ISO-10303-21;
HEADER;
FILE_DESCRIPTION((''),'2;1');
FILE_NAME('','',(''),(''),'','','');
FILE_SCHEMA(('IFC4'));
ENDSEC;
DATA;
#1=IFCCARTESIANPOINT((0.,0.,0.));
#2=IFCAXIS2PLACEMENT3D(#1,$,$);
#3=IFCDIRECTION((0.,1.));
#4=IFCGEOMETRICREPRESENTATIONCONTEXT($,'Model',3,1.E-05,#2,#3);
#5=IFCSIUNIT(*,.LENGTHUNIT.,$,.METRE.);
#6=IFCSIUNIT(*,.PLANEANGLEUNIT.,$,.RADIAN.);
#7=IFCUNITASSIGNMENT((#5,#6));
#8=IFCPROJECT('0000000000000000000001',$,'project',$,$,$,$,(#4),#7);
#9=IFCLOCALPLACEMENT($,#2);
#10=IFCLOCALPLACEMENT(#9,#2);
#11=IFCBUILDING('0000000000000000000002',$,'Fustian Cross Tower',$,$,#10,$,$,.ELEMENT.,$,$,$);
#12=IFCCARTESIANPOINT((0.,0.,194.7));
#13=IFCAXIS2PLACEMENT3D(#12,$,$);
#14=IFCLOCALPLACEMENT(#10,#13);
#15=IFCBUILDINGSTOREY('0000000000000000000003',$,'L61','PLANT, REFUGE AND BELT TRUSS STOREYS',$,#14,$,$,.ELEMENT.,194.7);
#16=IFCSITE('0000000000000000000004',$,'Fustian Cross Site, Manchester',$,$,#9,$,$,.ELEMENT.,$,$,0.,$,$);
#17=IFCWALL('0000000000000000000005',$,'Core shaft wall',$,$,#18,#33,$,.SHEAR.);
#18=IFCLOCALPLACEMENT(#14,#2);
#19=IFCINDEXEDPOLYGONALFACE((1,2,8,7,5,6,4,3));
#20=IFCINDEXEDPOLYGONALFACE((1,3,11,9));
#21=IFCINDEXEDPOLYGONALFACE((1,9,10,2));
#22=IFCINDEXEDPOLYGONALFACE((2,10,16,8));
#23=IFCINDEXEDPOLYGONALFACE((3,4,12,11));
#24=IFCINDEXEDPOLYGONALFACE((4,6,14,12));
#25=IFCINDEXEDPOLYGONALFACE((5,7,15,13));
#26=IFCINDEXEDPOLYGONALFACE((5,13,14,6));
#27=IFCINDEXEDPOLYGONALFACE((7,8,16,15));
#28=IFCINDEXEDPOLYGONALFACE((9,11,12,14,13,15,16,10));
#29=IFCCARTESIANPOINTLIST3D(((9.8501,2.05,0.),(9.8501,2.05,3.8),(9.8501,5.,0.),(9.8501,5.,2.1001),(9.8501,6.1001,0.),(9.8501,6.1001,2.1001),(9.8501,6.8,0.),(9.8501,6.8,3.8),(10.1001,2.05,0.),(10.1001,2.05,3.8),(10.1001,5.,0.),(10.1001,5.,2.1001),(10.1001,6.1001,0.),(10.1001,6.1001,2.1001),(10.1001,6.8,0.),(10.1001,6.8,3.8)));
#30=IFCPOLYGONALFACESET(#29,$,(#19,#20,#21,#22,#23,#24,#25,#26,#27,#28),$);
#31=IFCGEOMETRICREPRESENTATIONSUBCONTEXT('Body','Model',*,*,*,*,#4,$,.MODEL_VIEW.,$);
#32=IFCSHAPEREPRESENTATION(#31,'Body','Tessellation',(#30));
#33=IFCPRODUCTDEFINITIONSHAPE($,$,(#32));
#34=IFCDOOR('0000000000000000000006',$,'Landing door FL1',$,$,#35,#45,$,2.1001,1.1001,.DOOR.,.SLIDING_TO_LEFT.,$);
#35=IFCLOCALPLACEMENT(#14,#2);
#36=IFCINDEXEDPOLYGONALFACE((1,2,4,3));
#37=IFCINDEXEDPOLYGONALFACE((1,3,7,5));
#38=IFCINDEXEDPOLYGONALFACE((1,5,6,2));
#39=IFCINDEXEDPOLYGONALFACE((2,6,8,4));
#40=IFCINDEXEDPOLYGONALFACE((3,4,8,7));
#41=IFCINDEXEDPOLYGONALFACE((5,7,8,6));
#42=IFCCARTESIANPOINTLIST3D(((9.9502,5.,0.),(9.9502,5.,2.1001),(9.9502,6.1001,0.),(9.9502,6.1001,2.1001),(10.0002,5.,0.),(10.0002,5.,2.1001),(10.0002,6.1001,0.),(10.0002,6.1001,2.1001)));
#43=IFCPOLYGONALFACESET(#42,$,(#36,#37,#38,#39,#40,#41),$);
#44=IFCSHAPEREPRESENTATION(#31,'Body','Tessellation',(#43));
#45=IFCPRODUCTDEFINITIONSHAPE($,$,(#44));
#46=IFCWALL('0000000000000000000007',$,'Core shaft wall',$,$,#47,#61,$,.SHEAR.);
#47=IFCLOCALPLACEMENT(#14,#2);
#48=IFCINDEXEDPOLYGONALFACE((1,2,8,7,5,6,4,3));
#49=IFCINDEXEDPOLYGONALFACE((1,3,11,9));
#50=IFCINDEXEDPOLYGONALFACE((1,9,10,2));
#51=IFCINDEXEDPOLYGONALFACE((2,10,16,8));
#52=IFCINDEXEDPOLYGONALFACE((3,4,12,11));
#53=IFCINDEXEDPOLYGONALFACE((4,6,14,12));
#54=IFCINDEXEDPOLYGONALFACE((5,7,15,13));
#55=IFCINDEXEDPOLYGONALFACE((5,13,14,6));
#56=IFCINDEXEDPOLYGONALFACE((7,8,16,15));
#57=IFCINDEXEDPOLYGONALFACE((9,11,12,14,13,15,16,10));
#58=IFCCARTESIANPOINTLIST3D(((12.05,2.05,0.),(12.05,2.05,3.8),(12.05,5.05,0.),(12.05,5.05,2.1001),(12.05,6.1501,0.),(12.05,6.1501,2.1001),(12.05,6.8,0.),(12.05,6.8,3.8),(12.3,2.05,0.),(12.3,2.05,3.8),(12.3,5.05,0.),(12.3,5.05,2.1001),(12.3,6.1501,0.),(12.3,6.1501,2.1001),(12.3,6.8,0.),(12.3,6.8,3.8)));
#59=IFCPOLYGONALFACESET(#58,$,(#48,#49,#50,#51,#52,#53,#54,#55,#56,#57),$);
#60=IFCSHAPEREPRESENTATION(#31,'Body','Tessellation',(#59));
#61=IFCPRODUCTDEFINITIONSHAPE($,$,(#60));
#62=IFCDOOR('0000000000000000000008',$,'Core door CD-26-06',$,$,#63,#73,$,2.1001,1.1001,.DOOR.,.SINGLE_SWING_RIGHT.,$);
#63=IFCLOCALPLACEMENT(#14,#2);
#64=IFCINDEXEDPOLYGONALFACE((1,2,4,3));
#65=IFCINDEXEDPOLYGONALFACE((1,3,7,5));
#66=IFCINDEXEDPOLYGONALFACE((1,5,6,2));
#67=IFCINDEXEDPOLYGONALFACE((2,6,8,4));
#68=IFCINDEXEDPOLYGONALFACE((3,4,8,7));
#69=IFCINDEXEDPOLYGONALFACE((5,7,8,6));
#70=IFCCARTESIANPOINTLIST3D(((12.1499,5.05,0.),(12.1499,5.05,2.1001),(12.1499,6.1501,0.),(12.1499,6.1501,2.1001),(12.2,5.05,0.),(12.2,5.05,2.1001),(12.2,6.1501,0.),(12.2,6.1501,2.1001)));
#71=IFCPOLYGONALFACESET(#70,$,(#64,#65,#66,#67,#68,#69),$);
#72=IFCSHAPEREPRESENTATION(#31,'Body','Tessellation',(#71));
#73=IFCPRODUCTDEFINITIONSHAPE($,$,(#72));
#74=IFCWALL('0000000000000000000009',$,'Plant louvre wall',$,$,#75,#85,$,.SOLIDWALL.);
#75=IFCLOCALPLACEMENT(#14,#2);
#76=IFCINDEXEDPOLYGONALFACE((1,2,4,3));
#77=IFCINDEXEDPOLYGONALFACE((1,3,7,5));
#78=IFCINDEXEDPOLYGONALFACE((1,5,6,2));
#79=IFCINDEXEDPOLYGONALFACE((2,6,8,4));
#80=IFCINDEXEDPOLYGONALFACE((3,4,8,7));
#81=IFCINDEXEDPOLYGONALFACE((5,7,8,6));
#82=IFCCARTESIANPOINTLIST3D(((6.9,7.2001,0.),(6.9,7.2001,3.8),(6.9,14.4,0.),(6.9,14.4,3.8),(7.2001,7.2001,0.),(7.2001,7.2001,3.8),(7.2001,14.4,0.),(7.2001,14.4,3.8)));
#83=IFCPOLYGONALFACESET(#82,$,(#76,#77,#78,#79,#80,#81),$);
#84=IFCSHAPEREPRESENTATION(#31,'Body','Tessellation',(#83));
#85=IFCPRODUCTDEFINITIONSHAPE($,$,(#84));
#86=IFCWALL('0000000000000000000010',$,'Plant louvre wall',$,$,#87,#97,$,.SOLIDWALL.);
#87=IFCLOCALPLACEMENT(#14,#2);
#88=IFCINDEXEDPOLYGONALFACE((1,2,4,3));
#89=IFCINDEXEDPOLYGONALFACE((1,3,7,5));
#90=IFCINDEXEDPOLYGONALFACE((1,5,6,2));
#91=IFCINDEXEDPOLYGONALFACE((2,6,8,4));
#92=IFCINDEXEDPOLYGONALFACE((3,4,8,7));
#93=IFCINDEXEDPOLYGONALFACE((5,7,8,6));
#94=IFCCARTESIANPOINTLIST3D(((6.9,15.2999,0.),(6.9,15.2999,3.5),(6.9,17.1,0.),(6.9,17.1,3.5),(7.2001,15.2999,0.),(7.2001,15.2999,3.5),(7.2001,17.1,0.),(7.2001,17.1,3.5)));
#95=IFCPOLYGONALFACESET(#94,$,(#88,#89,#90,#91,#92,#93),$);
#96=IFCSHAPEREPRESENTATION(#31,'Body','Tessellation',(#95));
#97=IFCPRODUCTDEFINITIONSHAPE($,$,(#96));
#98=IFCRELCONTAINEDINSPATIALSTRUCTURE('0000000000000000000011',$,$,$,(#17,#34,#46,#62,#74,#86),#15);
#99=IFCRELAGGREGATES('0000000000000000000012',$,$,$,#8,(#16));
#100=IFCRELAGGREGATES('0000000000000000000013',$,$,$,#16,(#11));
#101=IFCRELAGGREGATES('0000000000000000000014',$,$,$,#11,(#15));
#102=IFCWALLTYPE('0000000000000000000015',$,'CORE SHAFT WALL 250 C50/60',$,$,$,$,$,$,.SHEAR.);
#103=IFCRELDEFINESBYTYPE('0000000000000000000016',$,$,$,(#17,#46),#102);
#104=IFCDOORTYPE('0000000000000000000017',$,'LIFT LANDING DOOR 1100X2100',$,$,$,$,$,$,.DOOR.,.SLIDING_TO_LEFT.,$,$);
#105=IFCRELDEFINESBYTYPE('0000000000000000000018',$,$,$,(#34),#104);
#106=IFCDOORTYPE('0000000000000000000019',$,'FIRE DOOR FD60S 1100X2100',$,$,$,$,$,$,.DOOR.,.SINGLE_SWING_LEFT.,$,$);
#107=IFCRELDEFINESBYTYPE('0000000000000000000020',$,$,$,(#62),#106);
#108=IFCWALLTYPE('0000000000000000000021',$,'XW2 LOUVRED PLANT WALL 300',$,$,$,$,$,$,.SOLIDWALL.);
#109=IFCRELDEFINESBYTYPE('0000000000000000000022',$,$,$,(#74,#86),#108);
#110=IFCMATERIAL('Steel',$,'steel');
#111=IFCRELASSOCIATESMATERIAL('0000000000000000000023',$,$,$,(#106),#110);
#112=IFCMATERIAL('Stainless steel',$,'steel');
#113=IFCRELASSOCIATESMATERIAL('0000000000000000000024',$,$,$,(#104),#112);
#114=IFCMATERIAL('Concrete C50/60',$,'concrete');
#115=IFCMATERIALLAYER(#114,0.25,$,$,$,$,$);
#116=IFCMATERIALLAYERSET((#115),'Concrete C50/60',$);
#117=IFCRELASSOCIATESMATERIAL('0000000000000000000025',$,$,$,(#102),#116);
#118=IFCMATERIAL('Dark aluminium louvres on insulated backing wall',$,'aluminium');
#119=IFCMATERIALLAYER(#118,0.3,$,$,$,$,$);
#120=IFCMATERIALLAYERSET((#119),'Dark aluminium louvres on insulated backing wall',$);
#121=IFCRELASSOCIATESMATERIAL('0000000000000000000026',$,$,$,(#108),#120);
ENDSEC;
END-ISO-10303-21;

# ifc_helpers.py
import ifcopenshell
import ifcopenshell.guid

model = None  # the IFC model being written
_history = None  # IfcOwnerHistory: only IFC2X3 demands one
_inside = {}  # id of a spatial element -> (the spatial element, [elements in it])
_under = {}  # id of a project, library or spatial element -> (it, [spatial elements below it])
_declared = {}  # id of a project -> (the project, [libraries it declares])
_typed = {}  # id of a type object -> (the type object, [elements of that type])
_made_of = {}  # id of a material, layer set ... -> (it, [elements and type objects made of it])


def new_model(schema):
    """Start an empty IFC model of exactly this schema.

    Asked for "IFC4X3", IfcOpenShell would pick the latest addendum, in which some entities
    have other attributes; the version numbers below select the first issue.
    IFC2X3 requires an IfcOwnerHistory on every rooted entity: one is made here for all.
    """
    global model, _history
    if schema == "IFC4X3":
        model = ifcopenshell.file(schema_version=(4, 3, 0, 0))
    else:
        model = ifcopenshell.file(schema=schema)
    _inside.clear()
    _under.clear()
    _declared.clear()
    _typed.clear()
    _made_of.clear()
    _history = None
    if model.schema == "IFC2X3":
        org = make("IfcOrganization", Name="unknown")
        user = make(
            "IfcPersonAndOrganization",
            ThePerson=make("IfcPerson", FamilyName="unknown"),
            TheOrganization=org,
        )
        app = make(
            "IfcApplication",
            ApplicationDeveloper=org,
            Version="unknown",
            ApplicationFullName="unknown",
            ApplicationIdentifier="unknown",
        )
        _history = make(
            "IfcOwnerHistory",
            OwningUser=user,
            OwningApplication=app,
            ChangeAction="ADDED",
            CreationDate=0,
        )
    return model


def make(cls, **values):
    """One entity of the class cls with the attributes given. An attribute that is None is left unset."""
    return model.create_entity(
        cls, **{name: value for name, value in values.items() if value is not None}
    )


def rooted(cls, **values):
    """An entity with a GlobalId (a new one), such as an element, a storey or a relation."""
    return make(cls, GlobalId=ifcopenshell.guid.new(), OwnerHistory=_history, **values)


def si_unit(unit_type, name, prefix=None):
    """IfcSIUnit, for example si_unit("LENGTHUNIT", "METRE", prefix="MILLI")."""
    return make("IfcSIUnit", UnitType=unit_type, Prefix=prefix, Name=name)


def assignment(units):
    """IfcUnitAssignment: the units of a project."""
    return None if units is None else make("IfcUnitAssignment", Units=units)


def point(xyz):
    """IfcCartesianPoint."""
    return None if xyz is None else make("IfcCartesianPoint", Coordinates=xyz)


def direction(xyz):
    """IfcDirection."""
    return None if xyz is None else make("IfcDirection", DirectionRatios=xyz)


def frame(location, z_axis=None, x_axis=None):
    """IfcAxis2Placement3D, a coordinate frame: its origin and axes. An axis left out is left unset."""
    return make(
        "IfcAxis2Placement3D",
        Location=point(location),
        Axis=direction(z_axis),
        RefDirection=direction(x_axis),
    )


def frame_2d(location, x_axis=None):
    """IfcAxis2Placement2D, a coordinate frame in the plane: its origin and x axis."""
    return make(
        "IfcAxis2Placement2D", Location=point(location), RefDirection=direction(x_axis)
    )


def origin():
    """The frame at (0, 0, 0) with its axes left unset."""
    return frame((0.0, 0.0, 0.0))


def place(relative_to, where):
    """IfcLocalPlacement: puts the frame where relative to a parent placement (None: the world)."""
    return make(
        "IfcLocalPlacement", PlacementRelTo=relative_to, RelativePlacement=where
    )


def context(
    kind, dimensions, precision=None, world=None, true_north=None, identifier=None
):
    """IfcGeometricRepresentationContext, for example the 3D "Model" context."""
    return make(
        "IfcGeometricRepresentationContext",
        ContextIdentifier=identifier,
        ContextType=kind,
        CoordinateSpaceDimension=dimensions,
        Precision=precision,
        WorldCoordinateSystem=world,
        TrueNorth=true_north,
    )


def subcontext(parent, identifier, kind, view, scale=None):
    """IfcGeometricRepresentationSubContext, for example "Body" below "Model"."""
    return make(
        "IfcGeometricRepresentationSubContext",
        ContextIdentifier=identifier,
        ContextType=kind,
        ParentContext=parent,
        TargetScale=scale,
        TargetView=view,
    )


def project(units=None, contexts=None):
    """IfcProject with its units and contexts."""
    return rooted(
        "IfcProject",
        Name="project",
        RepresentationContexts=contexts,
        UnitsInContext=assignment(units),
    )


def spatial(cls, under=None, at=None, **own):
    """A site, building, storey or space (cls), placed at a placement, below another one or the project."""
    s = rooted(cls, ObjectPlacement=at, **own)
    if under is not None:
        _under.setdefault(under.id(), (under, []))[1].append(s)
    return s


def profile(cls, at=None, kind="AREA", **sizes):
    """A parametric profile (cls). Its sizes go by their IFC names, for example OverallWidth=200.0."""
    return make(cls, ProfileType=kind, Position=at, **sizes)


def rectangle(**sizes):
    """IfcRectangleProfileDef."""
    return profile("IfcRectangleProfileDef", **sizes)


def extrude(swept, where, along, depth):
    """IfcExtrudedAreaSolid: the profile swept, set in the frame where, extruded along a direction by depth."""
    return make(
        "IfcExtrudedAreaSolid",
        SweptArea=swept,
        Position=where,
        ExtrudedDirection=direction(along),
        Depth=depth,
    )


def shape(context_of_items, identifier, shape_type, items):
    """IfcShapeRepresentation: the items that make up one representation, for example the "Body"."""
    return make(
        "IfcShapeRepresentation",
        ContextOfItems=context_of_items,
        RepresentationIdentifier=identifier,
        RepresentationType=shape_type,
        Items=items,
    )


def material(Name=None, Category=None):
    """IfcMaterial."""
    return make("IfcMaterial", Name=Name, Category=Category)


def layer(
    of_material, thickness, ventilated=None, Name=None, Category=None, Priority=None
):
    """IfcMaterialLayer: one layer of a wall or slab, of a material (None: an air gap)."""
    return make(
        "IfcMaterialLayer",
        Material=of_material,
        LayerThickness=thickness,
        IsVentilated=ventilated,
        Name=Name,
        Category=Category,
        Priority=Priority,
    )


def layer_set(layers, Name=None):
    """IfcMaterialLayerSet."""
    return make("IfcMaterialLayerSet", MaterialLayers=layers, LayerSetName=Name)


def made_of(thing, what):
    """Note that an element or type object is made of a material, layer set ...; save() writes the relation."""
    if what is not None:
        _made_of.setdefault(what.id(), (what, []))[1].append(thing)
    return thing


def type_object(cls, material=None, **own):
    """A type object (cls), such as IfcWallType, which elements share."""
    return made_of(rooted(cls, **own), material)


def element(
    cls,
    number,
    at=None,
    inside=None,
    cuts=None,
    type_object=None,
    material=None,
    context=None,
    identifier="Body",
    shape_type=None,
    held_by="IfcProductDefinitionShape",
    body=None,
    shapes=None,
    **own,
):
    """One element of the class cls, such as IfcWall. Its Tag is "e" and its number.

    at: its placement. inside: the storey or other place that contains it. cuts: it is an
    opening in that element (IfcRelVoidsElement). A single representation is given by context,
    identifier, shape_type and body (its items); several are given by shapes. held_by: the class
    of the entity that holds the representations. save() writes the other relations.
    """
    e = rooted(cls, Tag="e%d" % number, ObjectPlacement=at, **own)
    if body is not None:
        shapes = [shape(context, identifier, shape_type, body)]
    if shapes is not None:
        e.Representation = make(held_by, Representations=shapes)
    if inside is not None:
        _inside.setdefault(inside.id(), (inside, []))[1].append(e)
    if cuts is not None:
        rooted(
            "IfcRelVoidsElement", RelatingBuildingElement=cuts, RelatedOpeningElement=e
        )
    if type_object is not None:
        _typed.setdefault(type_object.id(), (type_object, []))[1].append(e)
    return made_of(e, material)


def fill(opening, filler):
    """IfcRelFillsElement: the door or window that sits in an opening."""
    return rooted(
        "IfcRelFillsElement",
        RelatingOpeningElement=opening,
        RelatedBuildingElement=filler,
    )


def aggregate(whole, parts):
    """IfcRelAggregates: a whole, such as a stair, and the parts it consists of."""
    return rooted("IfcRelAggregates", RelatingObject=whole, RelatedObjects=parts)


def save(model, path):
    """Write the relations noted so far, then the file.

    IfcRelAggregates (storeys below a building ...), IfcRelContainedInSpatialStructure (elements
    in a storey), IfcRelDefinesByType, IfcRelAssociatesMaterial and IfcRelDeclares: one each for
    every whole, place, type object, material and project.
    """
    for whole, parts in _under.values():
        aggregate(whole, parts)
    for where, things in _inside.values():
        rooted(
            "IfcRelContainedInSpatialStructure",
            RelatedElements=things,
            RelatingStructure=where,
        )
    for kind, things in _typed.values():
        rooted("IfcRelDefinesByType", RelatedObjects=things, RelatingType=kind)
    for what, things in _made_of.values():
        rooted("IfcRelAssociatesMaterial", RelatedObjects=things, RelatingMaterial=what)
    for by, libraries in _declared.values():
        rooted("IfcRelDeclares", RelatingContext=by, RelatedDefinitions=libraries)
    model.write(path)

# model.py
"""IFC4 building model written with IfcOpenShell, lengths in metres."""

from ifc_helpers import new_model, si_unit, direction, frame, frame_2d, origin, place, context, subcontext, project, spatial, rectangle, extrude, material, layer, layer_set, type_object, element, fill, save


model = new_model("IFC4")

# Units and contexts
model_context = context("Model", 3, precision=1e-05, world=origin(), true_north=direction((0.0, 1.0)))
body_context = subcontext(model_context, "Body", "Model", "MODEL_VIEW")
ifc_project = project(units=[si_unit("LENGTHUNIT", "METRE"), si_unit("PLANEANGLEUNIT", "RADIAN")], contexts=[model_context])

# Site, building, storey
site_placement = place(None, origin())
site = spatial("IfcSite", under=ifc_project, at=site_placement, Name="Fustian Cross Site, Manchester", CompositionType="ELEMENT", RefElevation=0.0)
building_placement = place(site_placement, origin())
building = spatial("IfcBuilding", under=site, at=building_placement, Name="Fustian Cross Tower", CompositionType="ELEMENT")
storey_placement = place(building_placement, frame((0.0, 0.0, 194.7)))
storey = spatial("IfcBuildingStorey", under=building, at=storey_placement, Name="L61", Description="PLANT, REFUGE AND BELT TRUSS STOREYS", CompositionType="ELEMENT", Elevation=194.7)

# Shared definitions
ifc_material_1 = material(Name="Steel", Category="steel")
door_type_1 = type_object("IfcDoorType", Name="FIRE DOOR FD60S 1100X2100", OperationType="SINGLE_SWING_LEFT", PredefinedType="DOOR", material=ifc_material_1)
ifc_material_2 = material(Name="Stainless steel", Category="steel")
door_type_2 = type_object("IfcDoorType", Name="LIFT LANDING DOOR 1100X2100", OperationType="SLIDING_TO_LEFT", PredefinedType="DOOR", material=ifc_material_2)

# Shared definitions
ifc_material_3 = material(Name="Concrete C50/60", Category="concrete")
ifc_layer_1 = layer(ifc_material_3, 0.25)
ifc_layer_set_1 = layer_set([ifc_layer_1], Name="Concrete C50/60")
wall_type_1 = type_object("IfcWallType", Name="CORE SHAFT WALL 250 C50/60", PredefinedType="SHEAR", material=ifc_layer_set_1)

# Walls, openings, doors
wall_1_placement = place(storey_placement, frame((9.9751, 2.05, 0.0), z_axis=(0.0, 0.0, 1.0), x_axis=(0.0, 1.0, 0.0)))
wall_1 = element("IfcWall", 1, at=wall_1_placement, inside=storey, type_object=wall_type_1, Name="Core shaft wall", PredefinedType="SHEAR", context=body_context, shape_type="SweptSolid", body=[
    extrude(rectangle(XDim=4.75, YDim=0.25, at=frame_2d((2.375, 0.0))), origin(), (0.0, 0.0, 1.0), 3.8),
])
opening_1_placement = place(wall_1_placement, frame((2.95, 0.0, 0.0)))
opening_1 = element("IfcOpeningElement", 2, at=opening_1_placement, cuts=wall_1, PredefinedType="OPENING", context=body_context, shape_type="SweptSolid", body=[
    extrude(rectangle(XDim=1.1001, YDim=2.1001, at=frame_2d((0.55, 1.05))), frame((0.0, 0.135, 0.0), z_axis=(0.0, -1.0, 0.0), x_axis=(1.0, 0.0, 0.0)), (0.0, 0.0, 1.0), 0.27),
])
door_1_placement = place(opening_1_placement, origin())
door_1 = element("IfcDoor", 3, at=door_1_placement, inside=storey, type_object=door_type_2, Name="Landing door FL1", OperationType="SLIDING_TO_LEFT", OverallHeight=2.1001, OverallWidth=1.1001, PredefinedType="DOOR", context=body_context, shape_type="SweptSolid", body=[
    extrude(rectangle(XDim=1.1001, YDim=2.1001, at=frame_2d((0.55, 1.05))), frame((0.0, 0.0249, 0.0), z_axis=(0.0, -1.0, 0.0), x_axis=(1.0, 0.0, 0.0)), (0.0, 0.0, 1.0), 0.05),
])
fill(opening_1, door_1)
wall_2_placement = place(storey_placement, frame((12.175, 2.05, 0.0), z_axis=(0.0, 0.0, 1.0), x_axis=(0.0, 1.0, 0.0)))
wall_2 = element("IfcWall", 4, at=wall_2_placement, inside=storey, type_object=wall_type_1, Name="Core shaft wall", PredefinedType="SHEAR", context=body_context, shape_type="SweptSolid", body=[
    extrude(rectangle(XDim=4.75, YDim=0.25, at=frame_2d((2.375, 0.0))), origin(), (0.0, 0.0, 1.0), 3.8),
])
opening_2_placement = place(wall_2_placement, frame((3.0, 0.0, 0.0)))
opening_2 = element("IfcOpeningElement", 5, at=opening_2_placement, cuts=wall_2, PredefinedType="OPENING", context=body_context, shape_type="SweptSolid", body=[
    extrude(rectangle(XDim=1.1001, YDim=2.1001, at=frame_2d((0.55, 1.05))), frame((0.0, 0.135, 0.0), z_axis=(0.0, -1.0, 0.0), x_axis=(1.0, 0.0, 0.0)), (0.0, 0.0, 1.0), 0.27),
])
door_2_placement = place(opening_2_placement, frame((1.1001, 0.0, 0.0), z_axis=(0.0, 0.0, 1.0), x_axis=(-1.0, 0.0, 0.0)))
door_2 = element("IfcDoor", 6, at=door_2_placement, inside=storey, type_object=door_type_1, Name="Core door CD-26-06", OperationType="SINGLE_SWING_RIGHT", OverallHeight=2.1001, OverallWidth=1.1001, PredefinedType="DOOR", context=body_context, shape_type="SweptSolid", body=[
    extrude(rectangle(XDim=1.1001, YDim=2.1001, at=frame_2d((0.55, 1.05))), frame((0.0, 0.0249, 0.0), z_axis=(0.0, -1.0, 0.0), x_axis=(1.0, 0.0, 0.0)), (0.0, 0.0, 1.0), 0.05),
])
fill(opening_2, door_2)

# Walls
ifc_material_4 = material(Name="Dark aluminium louvres on insulated backing wall", Category="aluminium")
ifc_layer_2 = layer(ifc_material_4, 0.3)
ifc_layer_set_2 = layer_set([ifc_layer_2], Name="Dark aluminium louvres on insulated backing wall")
wall_type_2 = type_object("IfcWallType", Name="XW2 LOUVRED PLANT WALL 300", PredefinedType="SOLIDWALL", material=ifc_layer_set_2)
wall_3_placement = place(storey_placement, frame((7.05, 7.2, 0.0), z_axis=(0.0, 0.0, 1.0), x_axis=(0.0, 1.0, 0.0)))
element("IfcWall", 7, at=wall_3_placement, inside=storey, type_object=wall_type_2, Name="Plant louvre wall", PredefinedType="SOLIDWALL", context=body_context, shape_type="SweptSolid", body=[
    extrude(rectangle(XDim=7.2, YDim=0.3, at=frame_2d((3.6001, 0.0))), origin(), (0.0, 0.0, 1.0), 3.8),
])
wall_4_placement = place(storey_placement, frame((7.05, 15.3, 0.0), z_axis=(0.0, 0.0, 1.0), x_axis=(0.0, 1.0, 0.0)))
element("IfcWall", 8, at=wall_4_placement, inside=storey, type_object=wall_type_2, Name="Plant louvre wall", PredefinedType="SOLIDWALL", context=body_context, shape_type="SweptSolid", body=[
    extrude(rectangle(XDim=1.8, YDim=0.3, at=frame_2d((0.8999, 0.0))), origin(), (0.0, 0.0, 1.0), 3.5),
])

save(model, "model.ifc")
